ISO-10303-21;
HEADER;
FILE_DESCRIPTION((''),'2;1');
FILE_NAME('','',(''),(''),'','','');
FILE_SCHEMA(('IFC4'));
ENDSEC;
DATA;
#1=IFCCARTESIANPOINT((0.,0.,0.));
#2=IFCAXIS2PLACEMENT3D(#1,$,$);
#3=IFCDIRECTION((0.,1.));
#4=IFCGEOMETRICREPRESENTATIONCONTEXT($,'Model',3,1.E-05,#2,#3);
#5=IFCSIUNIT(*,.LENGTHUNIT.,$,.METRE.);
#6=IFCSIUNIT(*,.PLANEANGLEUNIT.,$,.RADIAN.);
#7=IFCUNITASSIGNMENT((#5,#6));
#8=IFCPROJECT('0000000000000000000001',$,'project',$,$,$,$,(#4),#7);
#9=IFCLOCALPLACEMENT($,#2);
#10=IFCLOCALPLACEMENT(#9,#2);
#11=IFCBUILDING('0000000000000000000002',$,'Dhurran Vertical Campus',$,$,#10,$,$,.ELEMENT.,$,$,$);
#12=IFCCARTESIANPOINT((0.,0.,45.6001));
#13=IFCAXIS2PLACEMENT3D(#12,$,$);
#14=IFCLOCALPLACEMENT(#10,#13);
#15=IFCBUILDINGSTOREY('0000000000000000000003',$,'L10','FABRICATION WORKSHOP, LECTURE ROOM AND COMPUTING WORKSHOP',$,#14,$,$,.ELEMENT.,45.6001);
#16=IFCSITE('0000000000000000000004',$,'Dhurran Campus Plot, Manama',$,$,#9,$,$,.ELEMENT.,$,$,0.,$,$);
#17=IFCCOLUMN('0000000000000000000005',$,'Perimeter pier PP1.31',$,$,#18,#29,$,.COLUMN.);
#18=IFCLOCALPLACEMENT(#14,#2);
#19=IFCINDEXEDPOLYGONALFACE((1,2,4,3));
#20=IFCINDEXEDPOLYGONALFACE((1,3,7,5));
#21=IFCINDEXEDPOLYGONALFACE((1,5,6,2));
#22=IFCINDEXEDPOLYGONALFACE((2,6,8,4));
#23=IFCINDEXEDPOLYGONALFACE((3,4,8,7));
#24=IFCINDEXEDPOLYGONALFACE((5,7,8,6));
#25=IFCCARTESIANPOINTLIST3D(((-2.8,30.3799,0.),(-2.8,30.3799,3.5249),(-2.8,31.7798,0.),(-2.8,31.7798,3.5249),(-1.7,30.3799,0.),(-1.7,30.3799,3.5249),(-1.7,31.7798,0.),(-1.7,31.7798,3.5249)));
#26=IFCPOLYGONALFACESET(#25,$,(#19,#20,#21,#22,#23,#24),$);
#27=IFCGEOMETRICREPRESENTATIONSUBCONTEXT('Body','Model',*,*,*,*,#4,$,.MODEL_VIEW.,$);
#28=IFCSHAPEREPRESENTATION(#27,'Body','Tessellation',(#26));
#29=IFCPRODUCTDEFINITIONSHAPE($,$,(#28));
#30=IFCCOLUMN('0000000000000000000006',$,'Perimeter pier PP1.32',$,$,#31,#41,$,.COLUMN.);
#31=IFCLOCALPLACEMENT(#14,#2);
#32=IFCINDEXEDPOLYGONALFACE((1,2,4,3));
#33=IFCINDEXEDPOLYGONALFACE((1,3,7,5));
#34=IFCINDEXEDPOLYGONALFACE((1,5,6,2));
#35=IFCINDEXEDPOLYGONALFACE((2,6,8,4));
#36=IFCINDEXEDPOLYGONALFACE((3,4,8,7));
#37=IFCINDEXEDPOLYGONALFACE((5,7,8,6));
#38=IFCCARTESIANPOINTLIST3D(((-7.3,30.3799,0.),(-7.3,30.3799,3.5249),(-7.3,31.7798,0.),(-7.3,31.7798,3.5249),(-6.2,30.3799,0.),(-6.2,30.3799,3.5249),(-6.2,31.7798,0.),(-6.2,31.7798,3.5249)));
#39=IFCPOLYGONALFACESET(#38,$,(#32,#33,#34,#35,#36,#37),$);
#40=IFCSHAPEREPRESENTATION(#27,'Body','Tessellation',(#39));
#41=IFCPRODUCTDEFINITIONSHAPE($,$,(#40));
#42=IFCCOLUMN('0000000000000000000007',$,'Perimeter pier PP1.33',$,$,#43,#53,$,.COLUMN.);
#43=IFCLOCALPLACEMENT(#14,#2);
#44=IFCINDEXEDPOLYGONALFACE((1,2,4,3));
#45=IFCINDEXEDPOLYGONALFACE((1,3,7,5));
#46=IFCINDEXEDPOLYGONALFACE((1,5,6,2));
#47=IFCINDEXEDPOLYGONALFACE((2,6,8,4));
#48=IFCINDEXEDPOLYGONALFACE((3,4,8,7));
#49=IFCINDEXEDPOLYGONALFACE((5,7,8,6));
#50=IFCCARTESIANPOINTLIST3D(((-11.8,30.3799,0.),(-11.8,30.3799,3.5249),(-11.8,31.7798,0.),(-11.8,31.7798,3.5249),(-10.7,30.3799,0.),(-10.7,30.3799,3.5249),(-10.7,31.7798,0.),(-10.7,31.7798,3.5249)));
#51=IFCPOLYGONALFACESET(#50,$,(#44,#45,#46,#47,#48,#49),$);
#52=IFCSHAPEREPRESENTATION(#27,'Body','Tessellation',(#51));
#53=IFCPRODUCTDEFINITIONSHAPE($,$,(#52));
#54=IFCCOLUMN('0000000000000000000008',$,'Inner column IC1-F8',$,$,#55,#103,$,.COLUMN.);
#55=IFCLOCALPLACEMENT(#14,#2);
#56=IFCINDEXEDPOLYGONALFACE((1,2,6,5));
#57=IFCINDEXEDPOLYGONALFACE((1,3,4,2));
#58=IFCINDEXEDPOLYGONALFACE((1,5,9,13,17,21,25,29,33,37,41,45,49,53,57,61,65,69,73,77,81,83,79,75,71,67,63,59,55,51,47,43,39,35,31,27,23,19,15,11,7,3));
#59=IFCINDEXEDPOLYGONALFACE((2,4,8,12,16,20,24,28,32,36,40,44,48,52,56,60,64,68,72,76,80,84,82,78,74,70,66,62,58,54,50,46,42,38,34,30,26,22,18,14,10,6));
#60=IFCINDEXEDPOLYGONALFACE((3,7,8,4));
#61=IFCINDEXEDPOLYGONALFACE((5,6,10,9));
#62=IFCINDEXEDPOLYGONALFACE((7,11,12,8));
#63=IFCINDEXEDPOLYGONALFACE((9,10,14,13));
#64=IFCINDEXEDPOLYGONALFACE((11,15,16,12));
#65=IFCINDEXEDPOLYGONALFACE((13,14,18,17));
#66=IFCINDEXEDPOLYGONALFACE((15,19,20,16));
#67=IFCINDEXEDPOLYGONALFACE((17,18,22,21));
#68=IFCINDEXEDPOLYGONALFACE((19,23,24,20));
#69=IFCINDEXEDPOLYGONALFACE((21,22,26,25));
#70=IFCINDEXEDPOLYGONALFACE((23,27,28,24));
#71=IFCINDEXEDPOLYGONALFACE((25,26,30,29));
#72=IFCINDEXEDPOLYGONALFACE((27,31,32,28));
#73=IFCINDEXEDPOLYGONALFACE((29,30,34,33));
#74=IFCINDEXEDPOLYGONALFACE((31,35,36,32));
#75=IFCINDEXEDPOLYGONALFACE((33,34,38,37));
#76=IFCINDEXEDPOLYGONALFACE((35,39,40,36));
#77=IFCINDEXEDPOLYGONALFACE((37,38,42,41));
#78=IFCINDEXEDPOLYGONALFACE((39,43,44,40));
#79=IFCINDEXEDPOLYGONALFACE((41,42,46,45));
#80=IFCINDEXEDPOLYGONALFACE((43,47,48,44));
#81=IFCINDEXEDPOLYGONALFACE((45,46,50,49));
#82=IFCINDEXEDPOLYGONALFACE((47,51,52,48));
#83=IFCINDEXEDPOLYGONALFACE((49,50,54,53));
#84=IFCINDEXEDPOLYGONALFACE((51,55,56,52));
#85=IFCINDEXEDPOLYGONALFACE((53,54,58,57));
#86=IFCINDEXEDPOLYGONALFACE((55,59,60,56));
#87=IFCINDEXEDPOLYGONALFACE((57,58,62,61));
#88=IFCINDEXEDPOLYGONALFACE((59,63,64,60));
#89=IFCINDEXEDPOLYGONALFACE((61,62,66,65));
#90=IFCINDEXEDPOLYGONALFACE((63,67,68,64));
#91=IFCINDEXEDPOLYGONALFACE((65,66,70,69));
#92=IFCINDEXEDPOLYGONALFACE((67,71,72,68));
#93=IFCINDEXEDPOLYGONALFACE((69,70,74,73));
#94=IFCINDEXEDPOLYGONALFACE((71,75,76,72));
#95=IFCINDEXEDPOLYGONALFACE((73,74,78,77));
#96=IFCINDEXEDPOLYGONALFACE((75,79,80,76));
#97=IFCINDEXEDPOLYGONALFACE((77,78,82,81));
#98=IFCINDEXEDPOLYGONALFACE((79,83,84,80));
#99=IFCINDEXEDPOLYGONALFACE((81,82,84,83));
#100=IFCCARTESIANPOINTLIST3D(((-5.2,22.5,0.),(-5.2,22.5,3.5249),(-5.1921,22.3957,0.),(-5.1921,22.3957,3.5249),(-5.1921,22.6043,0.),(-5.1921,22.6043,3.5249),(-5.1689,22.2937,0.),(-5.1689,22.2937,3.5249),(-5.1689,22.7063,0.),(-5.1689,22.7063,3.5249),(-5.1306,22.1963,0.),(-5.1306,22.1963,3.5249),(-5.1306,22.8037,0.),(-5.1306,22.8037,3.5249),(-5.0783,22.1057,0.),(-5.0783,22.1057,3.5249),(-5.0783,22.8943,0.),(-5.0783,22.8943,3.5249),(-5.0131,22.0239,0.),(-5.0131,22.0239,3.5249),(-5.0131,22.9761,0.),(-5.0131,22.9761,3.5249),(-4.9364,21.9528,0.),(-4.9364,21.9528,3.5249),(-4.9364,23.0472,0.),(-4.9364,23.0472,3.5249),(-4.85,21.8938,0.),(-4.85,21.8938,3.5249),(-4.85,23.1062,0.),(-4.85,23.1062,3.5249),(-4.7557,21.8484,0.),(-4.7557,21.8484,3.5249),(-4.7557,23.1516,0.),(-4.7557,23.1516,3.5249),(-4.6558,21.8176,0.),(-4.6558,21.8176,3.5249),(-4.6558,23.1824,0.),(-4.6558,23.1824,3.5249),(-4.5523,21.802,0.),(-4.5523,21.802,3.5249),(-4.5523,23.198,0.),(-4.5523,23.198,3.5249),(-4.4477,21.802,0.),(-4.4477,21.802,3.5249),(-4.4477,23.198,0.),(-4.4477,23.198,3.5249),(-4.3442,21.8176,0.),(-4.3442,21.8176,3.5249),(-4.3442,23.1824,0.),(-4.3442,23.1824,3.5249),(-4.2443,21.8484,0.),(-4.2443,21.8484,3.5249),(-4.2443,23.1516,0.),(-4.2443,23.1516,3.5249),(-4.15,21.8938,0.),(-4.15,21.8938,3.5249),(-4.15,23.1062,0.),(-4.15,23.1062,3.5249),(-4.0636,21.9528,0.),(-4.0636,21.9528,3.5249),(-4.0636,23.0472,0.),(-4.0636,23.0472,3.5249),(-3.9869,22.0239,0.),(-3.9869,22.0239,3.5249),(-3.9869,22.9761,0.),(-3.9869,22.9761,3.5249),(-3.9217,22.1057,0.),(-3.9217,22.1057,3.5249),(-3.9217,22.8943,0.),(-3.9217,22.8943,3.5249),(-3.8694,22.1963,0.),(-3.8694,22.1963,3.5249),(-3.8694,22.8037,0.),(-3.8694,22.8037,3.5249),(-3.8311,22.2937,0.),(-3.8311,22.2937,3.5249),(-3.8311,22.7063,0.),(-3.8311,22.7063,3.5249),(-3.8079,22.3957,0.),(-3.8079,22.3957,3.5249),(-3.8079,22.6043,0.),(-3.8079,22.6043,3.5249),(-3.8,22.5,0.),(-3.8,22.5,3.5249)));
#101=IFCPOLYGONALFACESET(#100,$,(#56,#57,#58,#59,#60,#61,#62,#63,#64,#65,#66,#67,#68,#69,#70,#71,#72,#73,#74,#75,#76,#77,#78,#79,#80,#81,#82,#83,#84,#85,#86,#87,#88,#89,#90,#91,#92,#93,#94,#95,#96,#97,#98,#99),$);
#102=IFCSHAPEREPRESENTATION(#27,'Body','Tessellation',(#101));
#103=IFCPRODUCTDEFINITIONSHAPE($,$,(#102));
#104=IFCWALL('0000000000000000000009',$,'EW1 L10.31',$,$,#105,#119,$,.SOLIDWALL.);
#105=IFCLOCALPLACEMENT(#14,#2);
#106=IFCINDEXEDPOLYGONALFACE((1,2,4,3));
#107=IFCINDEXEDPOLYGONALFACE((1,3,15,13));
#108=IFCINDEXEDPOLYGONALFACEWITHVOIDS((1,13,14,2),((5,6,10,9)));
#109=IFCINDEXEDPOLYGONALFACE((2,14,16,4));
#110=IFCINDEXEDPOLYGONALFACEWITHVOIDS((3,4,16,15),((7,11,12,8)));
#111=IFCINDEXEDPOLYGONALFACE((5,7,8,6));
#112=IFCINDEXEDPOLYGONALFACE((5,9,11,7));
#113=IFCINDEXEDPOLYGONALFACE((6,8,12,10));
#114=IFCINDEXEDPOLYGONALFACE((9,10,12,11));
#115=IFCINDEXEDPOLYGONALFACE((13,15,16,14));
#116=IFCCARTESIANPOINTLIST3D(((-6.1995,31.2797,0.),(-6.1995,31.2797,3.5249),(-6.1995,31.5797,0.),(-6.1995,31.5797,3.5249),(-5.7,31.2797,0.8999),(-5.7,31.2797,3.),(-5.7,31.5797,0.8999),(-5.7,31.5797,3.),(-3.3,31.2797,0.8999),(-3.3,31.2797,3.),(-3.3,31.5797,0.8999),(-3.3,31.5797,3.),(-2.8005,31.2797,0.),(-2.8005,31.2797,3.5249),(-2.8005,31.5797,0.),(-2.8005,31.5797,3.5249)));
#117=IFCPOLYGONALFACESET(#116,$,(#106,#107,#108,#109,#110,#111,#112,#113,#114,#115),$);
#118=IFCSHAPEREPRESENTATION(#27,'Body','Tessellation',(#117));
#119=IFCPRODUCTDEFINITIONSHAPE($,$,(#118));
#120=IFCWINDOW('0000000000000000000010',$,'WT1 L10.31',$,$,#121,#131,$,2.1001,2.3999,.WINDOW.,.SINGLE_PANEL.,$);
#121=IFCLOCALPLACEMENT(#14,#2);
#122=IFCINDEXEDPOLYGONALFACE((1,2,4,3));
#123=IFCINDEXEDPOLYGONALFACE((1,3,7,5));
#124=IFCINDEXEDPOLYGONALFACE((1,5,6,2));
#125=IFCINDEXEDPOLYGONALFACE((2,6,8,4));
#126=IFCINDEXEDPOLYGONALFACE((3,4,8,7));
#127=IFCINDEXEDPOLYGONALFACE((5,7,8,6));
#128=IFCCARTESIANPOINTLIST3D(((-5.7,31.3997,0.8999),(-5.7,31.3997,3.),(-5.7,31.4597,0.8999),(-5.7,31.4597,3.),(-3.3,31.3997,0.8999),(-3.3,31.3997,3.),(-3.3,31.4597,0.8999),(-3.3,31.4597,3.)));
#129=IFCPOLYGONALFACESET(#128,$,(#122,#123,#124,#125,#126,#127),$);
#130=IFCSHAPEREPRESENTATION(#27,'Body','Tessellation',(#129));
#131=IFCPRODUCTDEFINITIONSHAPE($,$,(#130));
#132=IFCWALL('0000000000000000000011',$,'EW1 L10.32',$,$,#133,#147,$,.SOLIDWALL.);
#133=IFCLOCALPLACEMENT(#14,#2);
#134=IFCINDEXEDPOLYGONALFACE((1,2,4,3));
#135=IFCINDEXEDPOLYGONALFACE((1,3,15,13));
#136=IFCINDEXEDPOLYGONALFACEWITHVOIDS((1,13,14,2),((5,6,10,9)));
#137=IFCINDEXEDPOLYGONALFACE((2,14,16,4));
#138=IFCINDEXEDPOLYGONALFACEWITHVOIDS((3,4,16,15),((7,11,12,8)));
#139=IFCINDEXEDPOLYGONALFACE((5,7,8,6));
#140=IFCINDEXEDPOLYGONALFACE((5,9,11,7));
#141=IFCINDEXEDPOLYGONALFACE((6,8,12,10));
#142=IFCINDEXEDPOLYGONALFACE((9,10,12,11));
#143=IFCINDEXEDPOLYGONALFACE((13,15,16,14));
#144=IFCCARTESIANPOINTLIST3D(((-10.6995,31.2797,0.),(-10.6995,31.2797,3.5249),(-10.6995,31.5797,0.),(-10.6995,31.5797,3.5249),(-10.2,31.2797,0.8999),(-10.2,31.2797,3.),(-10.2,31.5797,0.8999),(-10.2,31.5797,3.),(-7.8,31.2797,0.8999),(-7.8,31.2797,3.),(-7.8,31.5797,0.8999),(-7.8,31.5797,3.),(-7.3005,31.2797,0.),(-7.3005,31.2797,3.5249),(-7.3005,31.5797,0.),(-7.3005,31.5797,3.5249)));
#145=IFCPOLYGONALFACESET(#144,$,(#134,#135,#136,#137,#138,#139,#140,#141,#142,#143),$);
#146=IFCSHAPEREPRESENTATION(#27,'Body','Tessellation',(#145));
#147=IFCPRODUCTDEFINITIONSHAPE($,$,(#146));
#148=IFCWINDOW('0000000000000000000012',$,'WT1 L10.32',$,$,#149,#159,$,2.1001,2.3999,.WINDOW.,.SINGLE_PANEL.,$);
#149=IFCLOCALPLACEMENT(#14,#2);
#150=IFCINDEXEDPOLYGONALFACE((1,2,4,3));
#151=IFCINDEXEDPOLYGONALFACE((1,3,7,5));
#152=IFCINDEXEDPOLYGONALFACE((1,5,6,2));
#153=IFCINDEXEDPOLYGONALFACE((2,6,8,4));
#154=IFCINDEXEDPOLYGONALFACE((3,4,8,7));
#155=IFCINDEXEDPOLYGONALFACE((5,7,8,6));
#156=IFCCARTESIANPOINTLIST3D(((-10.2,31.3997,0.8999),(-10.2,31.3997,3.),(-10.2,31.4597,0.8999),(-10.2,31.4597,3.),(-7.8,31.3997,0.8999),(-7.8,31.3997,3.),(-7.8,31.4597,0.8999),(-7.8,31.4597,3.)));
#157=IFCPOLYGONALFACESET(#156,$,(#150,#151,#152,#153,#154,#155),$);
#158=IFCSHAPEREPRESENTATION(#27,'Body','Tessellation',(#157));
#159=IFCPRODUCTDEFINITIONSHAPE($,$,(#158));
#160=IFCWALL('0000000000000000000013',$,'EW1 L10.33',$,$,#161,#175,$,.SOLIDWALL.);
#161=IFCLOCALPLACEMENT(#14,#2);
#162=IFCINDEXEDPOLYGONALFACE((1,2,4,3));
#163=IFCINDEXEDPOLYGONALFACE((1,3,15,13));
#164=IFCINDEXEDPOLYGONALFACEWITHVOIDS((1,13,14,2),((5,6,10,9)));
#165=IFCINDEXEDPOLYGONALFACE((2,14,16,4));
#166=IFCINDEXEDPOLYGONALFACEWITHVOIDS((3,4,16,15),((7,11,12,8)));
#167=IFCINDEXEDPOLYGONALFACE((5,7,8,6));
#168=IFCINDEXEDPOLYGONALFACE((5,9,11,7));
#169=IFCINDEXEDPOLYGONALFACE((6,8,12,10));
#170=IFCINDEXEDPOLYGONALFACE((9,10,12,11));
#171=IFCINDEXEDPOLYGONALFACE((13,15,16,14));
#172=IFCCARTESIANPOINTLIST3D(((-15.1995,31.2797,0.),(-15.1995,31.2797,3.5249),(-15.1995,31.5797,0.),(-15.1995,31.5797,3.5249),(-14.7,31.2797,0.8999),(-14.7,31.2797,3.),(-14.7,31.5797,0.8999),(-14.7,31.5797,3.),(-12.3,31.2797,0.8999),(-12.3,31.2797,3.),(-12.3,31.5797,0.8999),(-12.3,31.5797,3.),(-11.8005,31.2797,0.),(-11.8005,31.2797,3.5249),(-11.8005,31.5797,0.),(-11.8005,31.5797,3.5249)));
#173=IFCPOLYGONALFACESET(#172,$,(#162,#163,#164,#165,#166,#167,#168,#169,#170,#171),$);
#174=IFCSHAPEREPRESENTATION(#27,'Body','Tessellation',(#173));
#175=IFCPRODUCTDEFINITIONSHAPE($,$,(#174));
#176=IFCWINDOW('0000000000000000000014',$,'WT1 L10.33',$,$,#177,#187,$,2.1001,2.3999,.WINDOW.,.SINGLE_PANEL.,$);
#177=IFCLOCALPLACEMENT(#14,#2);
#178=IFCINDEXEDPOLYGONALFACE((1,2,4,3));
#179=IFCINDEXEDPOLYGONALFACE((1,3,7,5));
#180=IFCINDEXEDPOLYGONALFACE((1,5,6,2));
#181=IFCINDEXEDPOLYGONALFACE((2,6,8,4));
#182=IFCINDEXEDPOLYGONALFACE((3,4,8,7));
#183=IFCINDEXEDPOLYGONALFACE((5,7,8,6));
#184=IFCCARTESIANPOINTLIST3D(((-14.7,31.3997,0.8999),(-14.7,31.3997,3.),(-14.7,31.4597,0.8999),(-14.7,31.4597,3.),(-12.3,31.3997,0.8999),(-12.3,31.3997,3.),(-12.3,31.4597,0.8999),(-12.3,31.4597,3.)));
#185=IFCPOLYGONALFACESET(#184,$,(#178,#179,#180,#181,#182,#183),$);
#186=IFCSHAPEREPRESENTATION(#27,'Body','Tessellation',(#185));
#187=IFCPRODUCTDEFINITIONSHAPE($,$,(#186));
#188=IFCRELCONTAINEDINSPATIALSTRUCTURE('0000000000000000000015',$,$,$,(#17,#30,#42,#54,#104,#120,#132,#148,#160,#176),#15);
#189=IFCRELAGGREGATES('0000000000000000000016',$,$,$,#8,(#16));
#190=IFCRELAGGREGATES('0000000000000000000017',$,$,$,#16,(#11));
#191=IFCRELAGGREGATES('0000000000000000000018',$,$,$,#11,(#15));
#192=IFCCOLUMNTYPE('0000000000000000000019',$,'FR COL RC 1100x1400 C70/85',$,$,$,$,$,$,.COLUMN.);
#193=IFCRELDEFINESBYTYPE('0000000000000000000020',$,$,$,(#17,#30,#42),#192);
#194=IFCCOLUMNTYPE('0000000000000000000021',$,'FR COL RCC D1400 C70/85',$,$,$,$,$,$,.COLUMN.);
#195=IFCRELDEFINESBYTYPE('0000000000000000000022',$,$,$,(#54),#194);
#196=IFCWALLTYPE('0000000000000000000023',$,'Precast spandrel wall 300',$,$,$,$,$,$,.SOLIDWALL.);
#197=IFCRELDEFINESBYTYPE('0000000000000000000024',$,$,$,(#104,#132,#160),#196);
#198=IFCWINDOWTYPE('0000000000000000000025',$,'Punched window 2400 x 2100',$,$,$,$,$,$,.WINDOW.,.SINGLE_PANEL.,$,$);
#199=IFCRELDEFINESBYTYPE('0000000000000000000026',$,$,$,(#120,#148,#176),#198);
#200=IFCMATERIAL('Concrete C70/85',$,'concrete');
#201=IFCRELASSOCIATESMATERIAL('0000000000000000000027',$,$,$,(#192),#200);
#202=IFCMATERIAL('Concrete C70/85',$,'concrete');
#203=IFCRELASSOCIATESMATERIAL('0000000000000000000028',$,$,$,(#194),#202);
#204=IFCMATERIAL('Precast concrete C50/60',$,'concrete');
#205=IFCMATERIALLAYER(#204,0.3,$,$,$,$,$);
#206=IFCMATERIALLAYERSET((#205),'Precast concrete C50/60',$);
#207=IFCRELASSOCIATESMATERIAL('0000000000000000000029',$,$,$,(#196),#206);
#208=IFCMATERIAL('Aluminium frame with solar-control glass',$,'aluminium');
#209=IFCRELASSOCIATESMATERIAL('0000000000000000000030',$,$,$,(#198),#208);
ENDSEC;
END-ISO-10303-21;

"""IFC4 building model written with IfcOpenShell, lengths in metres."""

from ifc_helpers import new_model, si_unit, direction, frame, frame_2d, origin, origin_2d, place, context, subcontext, project, spatial, rectangle, circle, extrude, material, layer, layer_set, material_profile, profile_set, type_object, element, fill, save


model = new_model("IFC4")

# Units and contexts
model_context = context("Model", 3, precision=1e-05, world=origin(), true_north=direction((0.0, 1.0)))
body_context = subcontext(model_context, "Body", "Model", "MODEL_VIEW")
ifc_project = project(units=[si_unit("LENGTHUNIT", "METRE"), si_unit("PLANEANGLEUNIT", "RADIAN")], contexts=[model_context])

# Site, building, storey
site_placement = place(None, origin())
site = spatial("IfcSite", under=ifc_project, at=site_placement, Name="Dhurran Campus Plot, Manama", CompositionType="ELEMENT", RefElevation=0.0)
building_placement = place(site_placement, origin())
building = spatial("IfcBuilding", under=site, at=building_placement, Name="Dhurran Vertical Campus", CompositionType="ELEMENT")
storey_placement = place(building_placement, frame((0.0, 0.0, 45.6001)))
storey = spatial("IfcBuildingStorey", under=building, at=storey_placement, Name="L10", Description="FABRICATION WORKSHOP, LECTURE ROOM AND COMPUTING WORKSHOP", CompositionType="ELEMENT", Elevation=45.6001)

# Columns
ifc_material_1 = material(Name="Concrete C70/85", Category="concrete")
ifc_material_profile_1 = material_profile(ifc_material_1, rectangle(XDim=1.1001, YDim=1.3999, at=origin_2d()), Name="RC 1100x1400")
ifc_profile_set_1 = profile_set([ifc_material_profile_1], Name="Concrete C70/85")
column_type_1 = type_object("IfcColumnType", Name="FR COL RC 1100x1400 C70/85", PredefinedType="COLUMN", material=ifc_profile_set_1)
for number, where, z_axis, x_axis, name in (
    (1, (-2.25, 31.0798, 0.0), (0.0, 0.0, 1.0), (-1.0, 0.0, 0.0), "Perimeter pier PP1.31"),
    (2, (-6.75, 31.0798, 0.0), (0.0, 0.0, 1.0), (-1.0, 0.0, 0.0), "Perimeter pier PP1.32"),
    (3, (-11.25, 31.0798, 0.0), (0.0, 0.0, 1.0), (-1.0, 0.0, 0.0), "Perimeter pier PP1.33"),
):
    element("IfcColumn", number, at=place(storey_placement, frame(where, z_axis=z_axis, x_axis=x_axis)), inside=storey, type_object=column_type_1, Name=name, PredefinedType="COLUMN", context=body_context, shape_type="SweptSolid", body=[
        extrude(rectangle(XDim=1.1001, YDim=1.3999, at=origin_2d()), origin(), (0.0, 0.0, 1.0), 3.5249),
    ])
ifc_material_2 = material(Name="Concrete C70/85", Category="concrete")
ifc_material_profile_2 = material_profile(ifc_material_2, circle(Radius=0.7, at=origin_2d()), Name="RCC D1400")
ifc_profile_set_2 = profile_set([ifc_material_profile_2], Name="Concrete C70/85")
column_type_2 = type_object("IfcColumnType", Name="FR COL RCC D1400 C70/85", PredefinedType="COLUMN", material=ifc_profile_set_2)
column_placement = place(storey_placement, frame((-4.5, 22.5, 0.0), z_axis=(0.0, 0.0, 1.0), x_axis=(1.0, 0.0, 0.0)))
element("IfcColumn", 4, at=column_placement, inside=storey, type_object=column_type_2, Name="Inner column IC1-F8", PredefinedType="COLUMN", context=body_context, shape_type="SweptSolid", body=[
    extrude(circle(Radius=0.7, at=origin_2d()), origin(), (0.0, 0.0, 1.0), 3.5249),
])

# Walls, openings, windows
ifc_material_3 = material(Name="Precast concrete C50/60", Category="concrete")
ifc_layer_1 = layer(ifc_material_3, 0.3)
ifc_layer_set_1 = layer_set([ifc_layer_1], Name="Precast concrete C50/60")
wall_type_1 = type_object("IfcWallType", Name="Precast spandrel wall 300", PredefinedType="SOLIDWALL", material=ifc_layer_set_1)
wall_1_placement = place(storey_placement, frame((-2.8005, 31.4297, 0.0), z_axis=(0.0, 0.0, 1.0), x_axis=(-1.0, 0.0, 0.0)))
wall_1 = element("IfcWall", 5, at=wall_1_placement, inside=storey, type_object=wall_type_1, Name="EW1 L10.31", PredefinedType="SOLIDWALL", context=body_context, shape_type="SweptSolid", body=[
    extrude(rectangle(XDim=3.3989, YDim=0.3, at=frame_2d((1.6995, 0.0))), origin(), (0.0, 0.0, 1.0), 3.5249),
])
opening_1_placement = place(wall_1_placement, frame((0.4995, 0.0, 0.8999)))
opening_1 = element("IfcOpeningElement", 6, at=opening_1_placement, cuts=wall_1, PredefinedType="OPENING", context=body_context, shape_type="SweptSolid", body=[
    extrude(rectangle(XDim=2.3999, YDim=2.1001, at=frame_2d((1.2, 1.05))), frame((0.0, 0.1599, 0.0), z_axis=(0.0, -1.0, 0.0), x_axis=(1.0, 0.0, 0.0)), (0.0, 0.0, 1.0), 0.3201),
])
ifc_material_4 = material(Name="Aluminium frame with solar-control glass", Category="aluminium")
window_type = type_object("IfcWindowType", Name="Punched window 2400 x 2100", PartitioningType="SINGLE_PANEL", PredefinedType="WINDOW", material=ifc_material_4)
window_1_placement = place(opening_1_placement, origin())
window_1 = element("IfcWindow", 7, at=window_1_placement, inside=storey, type_object=window_type, Name="WT1 L10.31", OverallHeight=2.1001, OverallWidth=2.3999, PartitioningType="SINGLE_PANEL", PredefinedType="WINDOW", context=body_context, shape_type="SweptSolid", body=[
    extrude(rectangle(XDim=2.3999, YDim=2.1001, at=frame_2d((1.2, 1.05))), frame((0.0, 0.03, 0.0), z_axis=(0.0, -1.0, 0.0), x_axis=(1.0, 0.0, 0.0)), (0.0, 0.0, 1.0), 0.0601),
])
fill(opening_1, window_1)
wall_2_placement = place(storey_placement, frame((-7.3005, 31.4297, 0.0), z_axis=(0.0, 0.0, 1.0), x_axis=(-1.0, 0.0, 0.0)))
wall_2 = element("IfcWall", 8, at=wall_2_placement, inside=storey, type_object=wall_type_1, Name="EW1 L10.32", PredefinedType="SOLIDWALL", context=body_context, shape_type="SweptSolid", body=[
    extrude(rectangle(XDim=3.3989, YDim=0.3, at=frame_2d((1.6995, 0.0))), origin(), (0.0, 0.0, 1.0), 3.5249),
])
opening_2_placement = place(wall_2_placement, frame((0.4995, 0.0, 0.8999)))
opening_2 = element("IfcOpeningElement", 9, at=opening_2_placement, cuts=wall_2, PredefinedType="OPENING", context=body_context, shape_type="SweptSolid", body=[
    extrude(rectangle(XDim=2.3999, YDim=2.1001, at=frame_2d((1.2, 1.05))), frame((0.0, 0.1599, 0.0), z_axis=(0.0, -1.0, 0.0), x_axis=(1.0, 0.0, 0.0)), (0.0, 0.0, 1.0), 0.3201),
])
window_2_placement = place(opening_2_placement, origin())
window_2 = element("IfcWindow", 10, at=window_2_placement, inside=storey, type_object=window_type, Name="WT1 L10.32", OverallHeight=2.1001, OverallWidth=2.3999, PartitioningType="SINGLE_PANEL", PredefinedType="WINDOW", context=body_context, shape_type="SweptSolid", body=[
    extrude(rectangle(XDim=2.3999, YDim=2.1001, at=frame_2d((1.2, 1.05))), frame((0.0, 0.03, 0.0), z_axis=(0.0, -1.0, 0.0), x_axis=(1.0, 0.0, 0.0)), (0.0, 0.0, 1.0), 0.0601),
])
fill(opening_2, window_2)
wall_3_placement = place(storey_placement, frame((-11.8005, 31.4297, 0.0), z_axis=(0.0, 0.0, 1.0), x_axis=(-1.0, 0.0, 0.0)))
wall_3 = element("IfcWall", 11, at=wall_3_placement, inside=storey, type_object=wall_type_1, Name="EW1 L10.33", PredefinedType="SOLIDWALL", context=body_context, shape_type="SweptSolid", body=[
    extrude(rectangle(XDim=3.3989, YDim=0.3, at=frame_2d((1.6995, 0.0))), origin(), (0.0, 0.0, 1.0), 3.5249),
])
opening_3_placement = place(wall_3_placement, frame((0.4995, 0.0, 0.8999)))
opening_3 = element("IfcOpeningElement", 12, at=opening_3_placement, cuts=wall_3, PredefinedType="OPENING", context=body_context, shape_type="SweptSolid", body=[
    extrude(rectangle(XDim=2.3999, YDim=2.1001, at=frame_2d((1.2, 1.05))), frame((0.0, 0.1599, 0.0), z_axis=(0.0, -1.0, 0.0), x_axis=(1.0, 0.0, 0.0)), (0.0, 0.0, 1.0), 0.3201),
])
window_3_placement = place(opening_3_placement, origin())
window_3 = element("IfcWindow", 13, at=window_3_placement, inside=storey, type_object=window_type, Name="WT1 L10.33", OverallHeight=2.1001, OverallWidth=2.3999, PartitioningType="SINGLE_PANEL", PredefinedType="WINDOW", context=body_context, shape_type="SweptSolid", body=[
    extrude(rectangle(XDim=2.3999, YDim=2.1001, at=frame_2d((1.2, 1.05))), frame((0.0, 0.03, 0.0), z_axis=(0.0, -1.0, 0.0), x_axis=(1.0, 0.0, 0.0)), (0.0, 0.0, 1.0), 0.0601),
])
fill(opening_3, window_3)

save(model, "model.ifc")
